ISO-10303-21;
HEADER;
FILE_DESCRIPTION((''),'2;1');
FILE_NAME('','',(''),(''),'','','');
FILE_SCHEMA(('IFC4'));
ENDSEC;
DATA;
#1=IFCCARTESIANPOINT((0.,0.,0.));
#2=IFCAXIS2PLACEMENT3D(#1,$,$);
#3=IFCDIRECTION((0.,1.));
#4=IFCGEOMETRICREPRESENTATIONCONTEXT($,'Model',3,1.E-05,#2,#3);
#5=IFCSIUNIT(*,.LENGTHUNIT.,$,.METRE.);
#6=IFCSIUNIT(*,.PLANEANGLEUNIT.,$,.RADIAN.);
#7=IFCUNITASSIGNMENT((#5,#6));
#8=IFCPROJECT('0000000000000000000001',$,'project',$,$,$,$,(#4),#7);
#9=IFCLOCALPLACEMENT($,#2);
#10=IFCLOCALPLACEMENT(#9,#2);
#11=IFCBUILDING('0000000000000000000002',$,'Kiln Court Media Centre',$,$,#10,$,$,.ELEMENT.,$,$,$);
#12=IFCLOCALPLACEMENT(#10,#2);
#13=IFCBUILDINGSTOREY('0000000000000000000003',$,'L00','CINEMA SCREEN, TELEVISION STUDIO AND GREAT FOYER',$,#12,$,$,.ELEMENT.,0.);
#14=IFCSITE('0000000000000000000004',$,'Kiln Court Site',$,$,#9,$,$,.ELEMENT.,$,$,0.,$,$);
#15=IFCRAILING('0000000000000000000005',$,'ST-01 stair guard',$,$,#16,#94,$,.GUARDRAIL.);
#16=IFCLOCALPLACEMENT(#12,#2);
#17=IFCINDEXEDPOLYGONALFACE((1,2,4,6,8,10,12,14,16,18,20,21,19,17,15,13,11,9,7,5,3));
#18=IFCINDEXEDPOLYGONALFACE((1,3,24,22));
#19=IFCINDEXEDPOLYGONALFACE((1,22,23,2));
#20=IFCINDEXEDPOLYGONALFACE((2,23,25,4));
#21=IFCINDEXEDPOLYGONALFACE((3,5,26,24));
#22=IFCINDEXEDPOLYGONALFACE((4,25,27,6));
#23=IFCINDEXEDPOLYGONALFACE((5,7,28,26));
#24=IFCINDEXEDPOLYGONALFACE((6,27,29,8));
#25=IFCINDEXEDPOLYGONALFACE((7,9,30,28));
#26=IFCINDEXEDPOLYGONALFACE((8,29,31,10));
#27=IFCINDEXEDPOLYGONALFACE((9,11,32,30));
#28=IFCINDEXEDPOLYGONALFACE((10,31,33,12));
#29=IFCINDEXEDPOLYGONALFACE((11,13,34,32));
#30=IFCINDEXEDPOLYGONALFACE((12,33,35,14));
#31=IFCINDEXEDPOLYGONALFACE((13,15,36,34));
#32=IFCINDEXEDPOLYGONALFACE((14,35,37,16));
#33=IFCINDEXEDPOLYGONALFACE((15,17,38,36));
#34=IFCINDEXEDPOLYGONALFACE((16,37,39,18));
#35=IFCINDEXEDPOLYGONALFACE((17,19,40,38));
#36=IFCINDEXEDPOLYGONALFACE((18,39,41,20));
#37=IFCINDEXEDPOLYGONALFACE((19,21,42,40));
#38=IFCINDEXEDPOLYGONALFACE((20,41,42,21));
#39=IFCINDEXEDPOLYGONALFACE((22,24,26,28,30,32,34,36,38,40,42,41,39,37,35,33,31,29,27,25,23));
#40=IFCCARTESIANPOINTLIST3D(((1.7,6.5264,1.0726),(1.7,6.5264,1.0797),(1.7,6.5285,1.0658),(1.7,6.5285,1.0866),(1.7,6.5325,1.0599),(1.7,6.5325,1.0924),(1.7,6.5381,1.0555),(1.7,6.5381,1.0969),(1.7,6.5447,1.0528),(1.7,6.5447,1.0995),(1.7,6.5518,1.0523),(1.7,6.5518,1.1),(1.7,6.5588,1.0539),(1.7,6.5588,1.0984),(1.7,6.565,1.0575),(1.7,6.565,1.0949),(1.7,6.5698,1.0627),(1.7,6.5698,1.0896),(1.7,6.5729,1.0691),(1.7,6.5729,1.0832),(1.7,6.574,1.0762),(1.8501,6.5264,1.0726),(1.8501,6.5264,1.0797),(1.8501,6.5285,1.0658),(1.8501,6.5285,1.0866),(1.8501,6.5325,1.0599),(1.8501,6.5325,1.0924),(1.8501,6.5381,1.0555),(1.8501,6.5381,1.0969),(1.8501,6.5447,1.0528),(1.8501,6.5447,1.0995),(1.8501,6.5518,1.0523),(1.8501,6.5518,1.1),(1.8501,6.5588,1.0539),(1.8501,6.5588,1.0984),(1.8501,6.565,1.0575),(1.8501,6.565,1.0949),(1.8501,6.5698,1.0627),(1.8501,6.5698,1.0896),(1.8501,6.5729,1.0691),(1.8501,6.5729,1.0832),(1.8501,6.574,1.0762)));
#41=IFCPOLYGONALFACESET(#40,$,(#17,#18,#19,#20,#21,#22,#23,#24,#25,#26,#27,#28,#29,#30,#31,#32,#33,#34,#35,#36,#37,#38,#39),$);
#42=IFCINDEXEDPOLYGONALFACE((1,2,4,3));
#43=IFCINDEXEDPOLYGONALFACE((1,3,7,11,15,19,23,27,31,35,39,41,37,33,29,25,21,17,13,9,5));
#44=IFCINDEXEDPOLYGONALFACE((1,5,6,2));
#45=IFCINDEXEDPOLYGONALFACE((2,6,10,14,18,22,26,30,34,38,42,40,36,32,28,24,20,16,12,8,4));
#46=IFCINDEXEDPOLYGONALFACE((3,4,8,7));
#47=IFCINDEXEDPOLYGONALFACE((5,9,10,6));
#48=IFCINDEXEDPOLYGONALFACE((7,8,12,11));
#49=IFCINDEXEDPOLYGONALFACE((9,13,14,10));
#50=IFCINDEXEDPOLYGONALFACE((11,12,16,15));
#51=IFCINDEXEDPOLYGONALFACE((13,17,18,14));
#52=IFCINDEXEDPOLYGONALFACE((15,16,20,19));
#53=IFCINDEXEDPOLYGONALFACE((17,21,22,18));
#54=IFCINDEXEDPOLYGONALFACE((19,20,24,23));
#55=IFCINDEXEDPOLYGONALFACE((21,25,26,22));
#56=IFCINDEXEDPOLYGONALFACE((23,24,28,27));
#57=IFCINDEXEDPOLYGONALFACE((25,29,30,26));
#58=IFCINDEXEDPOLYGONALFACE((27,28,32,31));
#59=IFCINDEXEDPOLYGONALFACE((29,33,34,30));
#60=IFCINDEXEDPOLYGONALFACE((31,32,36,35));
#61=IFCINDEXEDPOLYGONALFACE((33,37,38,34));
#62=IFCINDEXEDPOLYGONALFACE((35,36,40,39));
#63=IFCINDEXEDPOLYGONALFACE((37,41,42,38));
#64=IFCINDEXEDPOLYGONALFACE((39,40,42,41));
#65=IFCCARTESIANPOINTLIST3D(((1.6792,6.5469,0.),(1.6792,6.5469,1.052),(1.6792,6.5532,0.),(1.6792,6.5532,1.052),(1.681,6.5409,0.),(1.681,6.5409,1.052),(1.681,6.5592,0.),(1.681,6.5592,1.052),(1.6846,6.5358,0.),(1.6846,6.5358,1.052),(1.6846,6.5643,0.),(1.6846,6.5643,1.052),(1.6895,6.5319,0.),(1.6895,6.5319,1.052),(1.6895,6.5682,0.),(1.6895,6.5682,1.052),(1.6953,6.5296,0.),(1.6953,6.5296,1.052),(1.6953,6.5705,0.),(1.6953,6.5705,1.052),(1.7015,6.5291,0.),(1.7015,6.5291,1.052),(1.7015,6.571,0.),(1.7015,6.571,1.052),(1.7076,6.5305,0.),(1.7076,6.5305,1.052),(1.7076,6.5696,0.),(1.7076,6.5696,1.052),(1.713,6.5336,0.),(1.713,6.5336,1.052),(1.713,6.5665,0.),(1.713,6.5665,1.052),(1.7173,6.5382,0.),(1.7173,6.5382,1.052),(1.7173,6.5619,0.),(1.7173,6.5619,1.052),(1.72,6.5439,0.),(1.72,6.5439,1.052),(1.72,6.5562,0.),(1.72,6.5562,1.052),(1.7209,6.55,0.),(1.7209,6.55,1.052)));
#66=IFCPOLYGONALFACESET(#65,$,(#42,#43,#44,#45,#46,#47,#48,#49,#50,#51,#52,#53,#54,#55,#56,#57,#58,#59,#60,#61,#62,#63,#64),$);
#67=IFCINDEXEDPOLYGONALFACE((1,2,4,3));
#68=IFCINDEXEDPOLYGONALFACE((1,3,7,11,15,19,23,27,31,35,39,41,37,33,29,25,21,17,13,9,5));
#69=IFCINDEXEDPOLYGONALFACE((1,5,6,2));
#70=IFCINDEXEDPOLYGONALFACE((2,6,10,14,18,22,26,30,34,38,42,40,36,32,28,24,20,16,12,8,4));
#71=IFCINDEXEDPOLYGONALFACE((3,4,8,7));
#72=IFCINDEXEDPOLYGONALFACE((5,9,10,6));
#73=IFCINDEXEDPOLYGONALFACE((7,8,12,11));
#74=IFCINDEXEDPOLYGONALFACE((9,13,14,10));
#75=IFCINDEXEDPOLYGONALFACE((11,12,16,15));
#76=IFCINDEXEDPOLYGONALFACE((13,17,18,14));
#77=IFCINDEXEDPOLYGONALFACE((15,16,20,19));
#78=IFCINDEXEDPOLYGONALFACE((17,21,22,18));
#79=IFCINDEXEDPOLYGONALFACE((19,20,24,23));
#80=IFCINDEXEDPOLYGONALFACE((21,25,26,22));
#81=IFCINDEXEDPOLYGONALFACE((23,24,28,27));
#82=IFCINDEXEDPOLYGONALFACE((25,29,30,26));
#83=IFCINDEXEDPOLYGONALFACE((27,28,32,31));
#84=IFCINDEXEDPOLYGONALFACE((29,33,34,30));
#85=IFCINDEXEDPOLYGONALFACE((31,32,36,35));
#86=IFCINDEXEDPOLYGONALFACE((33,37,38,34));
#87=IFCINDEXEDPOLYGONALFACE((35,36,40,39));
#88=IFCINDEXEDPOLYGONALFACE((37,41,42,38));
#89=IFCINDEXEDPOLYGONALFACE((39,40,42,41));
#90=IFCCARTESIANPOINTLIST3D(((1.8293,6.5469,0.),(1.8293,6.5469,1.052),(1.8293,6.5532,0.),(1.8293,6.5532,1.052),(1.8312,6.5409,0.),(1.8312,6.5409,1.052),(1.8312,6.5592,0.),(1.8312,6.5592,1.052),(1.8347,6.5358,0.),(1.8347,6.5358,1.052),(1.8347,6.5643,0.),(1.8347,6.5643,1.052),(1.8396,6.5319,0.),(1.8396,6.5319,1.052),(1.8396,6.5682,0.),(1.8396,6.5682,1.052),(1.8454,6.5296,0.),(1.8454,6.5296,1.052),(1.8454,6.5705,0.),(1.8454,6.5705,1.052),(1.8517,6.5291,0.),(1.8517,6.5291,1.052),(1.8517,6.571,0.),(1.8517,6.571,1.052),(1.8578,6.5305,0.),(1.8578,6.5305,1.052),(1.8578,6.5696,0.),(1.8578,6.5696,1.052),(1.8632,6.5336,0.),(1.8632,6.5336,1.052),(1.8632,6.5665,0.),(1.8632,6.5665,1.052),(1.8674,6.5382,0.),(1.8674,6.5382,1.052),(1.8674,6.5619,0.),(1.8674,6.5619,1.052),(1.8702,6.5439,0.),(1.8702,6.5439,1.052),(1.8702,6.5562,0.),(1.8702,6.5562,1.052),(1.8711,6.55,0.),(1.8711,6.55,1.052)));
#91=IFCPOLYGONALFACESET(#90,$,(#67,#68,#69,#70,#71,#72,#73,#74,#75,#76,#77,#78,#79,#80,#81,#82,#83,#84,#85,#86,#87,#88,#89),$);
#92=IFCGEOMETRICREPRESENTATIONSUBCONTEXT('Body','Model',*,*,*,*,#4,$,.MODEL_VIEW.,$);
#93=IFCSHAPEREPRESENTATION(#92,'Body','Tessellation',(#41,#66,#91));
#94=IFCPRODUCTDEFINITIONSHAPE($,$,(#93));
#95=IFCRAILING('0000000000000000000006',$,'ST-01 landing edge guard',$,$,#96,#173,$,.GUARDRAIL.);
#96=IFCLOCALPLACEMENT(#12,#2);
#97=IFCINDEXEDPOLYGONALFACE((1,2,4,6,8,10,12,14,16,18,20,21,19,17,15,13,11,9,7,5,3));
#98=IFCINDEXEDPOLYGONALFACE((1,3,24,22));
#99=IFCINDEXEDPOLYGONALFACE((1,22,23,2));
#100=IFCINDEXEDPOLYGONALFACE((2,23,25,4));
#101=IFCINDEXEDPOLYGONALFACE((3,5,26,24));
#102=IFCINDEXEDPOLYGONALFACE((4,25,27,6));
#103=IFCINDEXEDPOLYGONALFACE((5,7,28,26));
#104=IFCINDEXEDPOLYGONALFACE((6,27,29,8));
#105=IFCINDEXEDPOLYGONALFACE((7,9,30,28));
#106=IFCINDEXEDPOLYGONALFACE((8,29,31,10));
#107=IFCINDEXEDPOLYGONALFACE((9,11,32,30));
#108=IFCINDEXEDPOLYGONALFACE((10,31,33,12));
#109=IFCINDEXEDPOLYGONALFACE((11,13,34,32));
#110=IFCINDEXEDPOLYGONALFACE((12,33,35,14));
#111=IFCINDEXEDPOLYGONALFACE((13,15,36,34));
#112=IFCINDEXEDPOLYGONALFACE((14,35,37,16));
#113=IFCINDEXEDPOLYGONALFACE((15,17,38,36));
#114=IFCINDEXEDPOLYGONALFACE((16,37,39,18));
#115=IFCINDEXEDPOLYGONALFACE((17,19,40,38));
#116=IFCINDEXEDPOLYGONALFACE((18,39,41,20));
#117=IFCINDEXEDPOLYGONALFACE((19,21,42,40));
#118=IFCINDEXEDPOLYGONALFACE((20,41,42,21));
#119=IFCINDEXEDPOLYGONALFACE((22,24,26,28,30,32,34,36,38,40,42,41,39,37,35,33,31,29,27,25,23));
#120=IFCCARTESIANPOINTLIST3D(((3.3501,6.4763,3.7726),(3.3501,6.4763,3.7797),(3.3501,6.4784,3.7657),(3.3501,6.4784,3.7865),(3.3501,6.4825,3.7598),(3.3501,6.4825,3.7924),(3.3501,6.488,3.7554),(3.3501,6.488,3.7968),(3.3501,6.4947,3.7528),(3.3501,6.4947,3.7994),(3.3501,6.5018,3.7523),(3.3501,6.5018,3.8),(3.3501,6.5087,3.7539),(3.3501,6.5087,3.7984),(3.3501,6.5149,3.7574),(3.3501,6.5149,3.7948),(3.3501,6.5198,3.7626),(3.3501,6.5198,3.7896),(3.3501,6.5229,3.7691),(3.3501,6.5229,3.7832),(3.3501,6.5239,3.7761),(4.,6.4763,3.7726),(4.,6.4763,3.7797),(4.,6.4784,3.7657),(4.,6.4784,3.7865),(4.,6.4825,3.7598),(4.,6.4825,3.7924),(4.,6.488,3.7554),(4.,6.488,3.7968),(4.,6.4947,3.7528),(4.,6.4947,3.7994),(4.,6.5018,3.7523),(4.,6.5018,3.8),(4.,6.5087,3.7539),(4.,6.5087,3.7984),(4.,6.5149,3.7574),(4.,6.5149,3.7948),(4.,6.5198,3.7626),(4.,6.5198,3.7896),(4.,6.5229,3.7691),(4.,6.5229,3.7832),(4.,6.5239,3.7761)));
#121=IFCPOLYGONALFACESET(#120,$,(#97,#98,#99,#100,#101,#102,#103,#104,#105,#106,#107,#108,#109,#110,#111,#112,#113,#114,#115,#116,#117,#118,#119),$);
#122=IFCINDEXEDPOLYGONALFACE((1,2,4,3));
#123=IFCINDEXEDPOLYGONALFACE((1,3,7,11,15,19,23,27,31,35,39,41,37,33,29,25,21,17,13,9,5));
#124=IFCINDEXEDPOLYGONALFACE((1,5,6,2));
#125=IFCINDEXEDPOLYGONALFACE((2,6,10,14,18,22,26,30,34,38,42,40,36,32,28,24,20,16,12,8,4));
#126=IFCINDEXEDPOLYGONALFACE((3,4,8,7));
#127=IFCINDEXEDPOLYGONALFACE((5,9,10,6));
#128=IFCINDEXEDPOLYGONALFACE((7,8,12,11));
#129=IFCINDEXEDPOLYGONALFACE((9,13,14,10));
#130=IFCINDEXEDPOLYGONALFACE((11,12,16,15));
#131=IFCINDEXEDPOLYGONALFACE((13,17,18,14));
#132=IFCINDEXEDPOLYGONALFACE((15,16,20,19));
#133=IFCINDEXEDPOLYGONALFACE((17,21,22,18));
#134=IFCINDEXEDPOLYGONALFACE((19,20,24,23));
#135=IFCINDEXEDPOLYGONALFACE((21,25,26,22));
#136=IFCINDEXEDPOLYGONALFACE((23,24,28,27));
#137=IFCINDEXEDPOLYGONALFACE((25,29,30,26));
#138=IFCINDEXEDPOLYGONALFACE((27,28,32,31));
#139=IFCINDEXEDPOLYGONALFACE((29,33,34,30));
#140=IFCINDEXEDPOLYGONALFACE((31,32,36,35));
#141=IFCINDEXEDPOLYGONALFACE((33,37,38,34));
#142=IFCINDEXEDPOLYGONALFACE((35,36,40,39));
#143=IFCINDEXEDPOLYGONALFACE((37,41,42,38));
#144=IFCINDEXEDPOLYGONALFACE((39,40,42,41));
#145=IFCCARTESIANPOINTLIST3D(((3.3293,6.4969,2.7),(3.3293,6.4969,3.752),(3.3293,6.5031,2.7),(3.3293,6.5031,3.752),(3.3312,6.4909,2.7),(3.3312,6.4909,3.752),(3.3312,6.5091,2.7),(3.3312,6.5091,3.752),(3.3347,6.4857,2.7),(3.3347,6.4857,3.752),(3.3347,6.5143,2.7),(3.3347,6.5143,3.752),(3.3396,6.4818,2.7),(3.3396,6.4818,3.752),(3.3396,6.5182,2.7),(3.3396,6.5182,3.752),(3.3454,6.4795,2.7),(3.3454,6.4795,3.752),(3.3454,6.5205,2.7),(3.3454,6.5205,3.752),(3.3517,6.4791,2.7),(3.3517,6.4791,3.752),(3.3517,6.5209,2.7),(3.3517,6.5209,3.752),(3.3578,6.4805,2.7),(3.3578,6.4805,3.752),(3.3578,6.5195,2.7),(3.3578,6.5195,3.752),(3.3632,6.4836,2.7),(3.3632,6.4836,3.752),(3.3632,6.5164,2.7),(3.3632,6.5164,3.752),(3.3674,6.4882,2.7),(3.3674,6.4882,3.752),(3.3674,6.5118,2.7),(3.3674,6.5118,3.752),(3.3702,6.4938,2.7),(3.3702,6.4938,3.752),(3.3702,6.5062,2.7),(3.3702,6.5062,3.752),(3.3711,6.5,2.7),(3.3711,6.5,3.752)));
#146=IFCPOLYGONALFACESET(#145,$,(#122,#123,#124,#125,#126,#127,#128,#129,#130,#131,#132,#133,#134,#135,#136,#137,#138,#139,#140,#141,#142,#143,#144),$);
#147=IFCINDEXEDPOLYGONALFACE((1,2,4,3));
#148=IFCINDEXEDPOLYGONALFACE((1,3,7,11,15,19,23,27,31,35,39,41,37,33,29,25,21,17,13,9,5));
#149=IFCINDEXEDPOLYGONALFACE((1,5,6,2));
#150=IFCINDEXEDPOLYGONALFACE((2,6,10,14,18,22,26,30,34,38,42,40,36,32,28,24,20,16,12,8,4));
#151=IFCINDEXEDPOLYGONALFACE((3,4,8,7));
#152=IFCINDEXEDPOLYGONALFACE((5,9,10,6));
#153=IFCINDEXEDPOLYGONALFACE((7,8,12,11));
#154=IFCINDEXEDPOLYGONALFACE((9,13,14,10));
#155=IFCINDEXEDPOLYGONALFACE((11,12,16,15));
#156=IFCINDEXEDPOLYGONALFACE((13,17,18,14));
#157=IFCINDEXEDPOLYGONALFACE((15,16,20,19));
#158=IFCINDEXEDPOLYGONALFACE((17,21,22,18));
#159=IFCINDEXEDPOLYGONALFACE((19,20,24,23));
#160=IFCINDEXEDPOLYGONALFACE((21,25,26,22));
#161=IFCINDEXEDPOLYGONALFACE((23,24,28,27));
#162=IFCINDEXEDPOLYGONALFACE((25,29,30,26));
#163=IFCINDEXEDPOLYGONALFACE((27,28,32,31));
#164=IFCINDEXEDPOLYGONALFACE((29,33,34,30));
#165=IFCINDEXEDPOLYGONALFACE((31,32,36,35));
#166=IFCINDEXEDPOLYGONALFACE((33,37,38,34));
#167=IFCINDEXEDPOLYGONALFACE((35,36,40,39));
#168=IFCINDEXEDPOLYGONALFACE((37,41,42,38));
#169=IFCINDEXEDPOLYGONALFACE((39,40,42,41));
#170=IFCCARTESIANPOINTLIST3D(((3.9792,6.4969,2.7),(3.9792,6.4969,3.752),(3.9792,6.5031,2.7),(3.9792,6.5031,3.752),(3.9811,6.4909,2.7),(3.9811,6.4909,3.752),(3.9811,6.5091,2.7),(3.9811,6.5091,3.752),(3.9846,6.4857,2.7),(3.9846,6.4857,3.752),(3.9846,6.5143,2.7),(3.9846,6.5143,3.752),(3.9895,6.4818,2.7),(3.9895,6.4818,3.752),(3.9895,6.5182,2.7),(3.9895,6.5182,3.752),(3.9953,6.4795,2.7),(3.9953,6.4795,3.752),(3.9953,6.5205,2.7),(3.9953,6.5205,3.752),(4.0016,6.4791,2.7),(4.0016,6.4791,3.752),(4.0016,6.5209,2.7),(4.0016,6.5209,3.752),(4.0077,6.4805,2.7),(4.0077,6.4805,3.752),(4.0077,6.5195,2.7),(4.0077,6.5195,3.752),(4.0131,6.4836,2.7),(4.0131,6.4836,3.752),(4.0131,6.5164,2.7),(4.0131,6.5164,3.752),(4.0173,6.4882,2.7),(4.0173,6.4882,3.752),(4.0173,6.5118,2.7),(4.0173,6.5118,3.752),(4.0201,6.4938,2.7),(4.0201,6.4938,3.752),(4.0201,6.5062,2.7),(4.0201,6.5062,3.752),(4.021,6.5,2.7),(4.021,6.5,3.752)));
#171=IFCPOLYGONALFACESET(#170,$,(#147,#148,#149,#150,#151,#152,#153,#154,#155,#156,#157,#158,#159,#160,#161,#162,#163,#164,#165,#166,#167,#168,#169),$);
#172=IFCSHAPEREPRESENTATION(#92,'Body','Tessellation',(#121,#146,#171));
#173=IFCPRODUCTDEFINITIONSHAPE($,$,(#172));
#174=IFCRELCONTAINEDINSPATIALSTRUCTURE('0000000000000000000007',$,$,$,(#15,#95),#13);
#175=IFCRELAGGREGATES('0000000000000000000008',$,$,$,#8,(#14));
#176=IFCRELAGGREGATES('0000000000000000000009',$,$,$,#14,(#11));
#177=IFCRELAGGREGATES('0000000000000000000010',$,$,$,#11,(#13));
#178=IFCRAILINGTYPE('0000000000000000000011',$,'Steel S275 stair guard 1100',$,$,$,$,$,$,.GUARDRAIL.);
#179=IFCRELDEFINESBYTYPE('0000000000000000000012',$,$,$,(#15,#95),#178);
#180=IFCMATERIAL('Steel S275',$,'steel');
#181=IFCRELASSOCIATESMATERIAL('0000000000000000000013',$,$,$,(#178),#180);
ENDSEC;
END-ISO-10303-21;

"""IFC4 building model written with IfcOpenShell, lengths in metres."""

from ifc_helpers import new_model, si_unit, direction, frame, origin, origin_2d, place, context, subcontext, project, spatial, circle, extrude, material, type_object, element, save


model = new_model("IFC4")

# Units and contexts
model_context = context("Model", 3, precision=1e-05, world=origin(), true_north=direction((0.0, 1.0)))
body_context = subcontext(model_context, "Body", "Model", "MODEL_VIEW")
ifc_project = project(units=[si_unit("LENGTHUNIT", "METRE"), si_unit("PLANEANGLEUNIT", "RADIAN")], contexts=[model_context])

# Site, building, storey
site_placement = place(None, origin())
site = spatial("IfcSite", under=ifc_project, at=site_placement, Name="Kiln Court Site", CompositionType="ELEMENT", RefElevation=0.0)
building_placement = place(site_placement, origin())
building = spatial("IfcBuilding", under=site, at=building_placement, Name="Kiln Court Media Centre", CompositionType="ELEMENT")
storey_placement = place(building_placement, origin())
storey = spatial("IfcBuildingStorey", under=building, at=storey_placement, Name="L00", Description="CINEMA SCREEN, TELEVISION STUDIO AND GREAT FOYER", CompositionType="ELEMENT", Elevation=0.0)

# Railings
ifc_material_1 = material(Name="Steel S275", Category="steel")
railing_type_1 = type_object("IfcRailingType", Name="Steel S275 stair guard 1100", PredefinedType="GUARDRAIL", material=ifc_material_1)
railing_1_placement = place(storey_placement, frame((1.7, 6.55, 0.0)))
element("IfcRailing", 1, at=railing_1_placement, inside=storey, type_object=railing_type_1, Name="ST-01 stair guard", PredefinedType="GUARDRAIL", context=body_context, shape_type="SweptSolid", body=[
    extrude(circle(Radius=0.0239, at=origin_2d()), frame((0.0, 0.0, 1.0762), z_axis=(1.0, 0.0, 0.0), x_axis=(0.0, 1.0, 0.0)), (0.0, 0.0, 1.0), 0.1501),
    extrude(circle(Radius=0.021, at=origin_2d()), origin(), (0.0, 0.0, 1.0), 1.052),
    extrude(circle(Radius=0.021, at=origin_2d()), frame((0.1501, 0.0, 0.0)), (0.0, 0.0, 1.0), 1.052),
])
railing_2_placement = place(storey_placement, frame((3.3501, 6.5, 2.7)))
element("IfcRailing", 2, at=railing_2_placement, inside=storey, type_object=railing_type_1, Name="ST-01 landing edge guard", PredefinedType="GUARDRAIL", context=body_context, shape_type="SweptSolid", body=[
    extrude(circle(Radius=0.0239, at=origin_2d()), frame((0.0, 0.0, 1.0762), z_axis=(1.0, 0.0, 0.0), x_axis=(0.0, 1.0, 0.0)), (0.0, 0.0, 1.0), 0.6499),
    extrude(circle(Radius=0.021, at=origin_2d()), origin(), (0.0, 0.0, 1.0), 1.052),
    extrude(circle(Radius=0.021, at=origin_2d()), frame((0.6499, 0.0, 0.0)), (0.0, 0.0, 1.0), 1.052),
])

save(model, "model.ifc")
